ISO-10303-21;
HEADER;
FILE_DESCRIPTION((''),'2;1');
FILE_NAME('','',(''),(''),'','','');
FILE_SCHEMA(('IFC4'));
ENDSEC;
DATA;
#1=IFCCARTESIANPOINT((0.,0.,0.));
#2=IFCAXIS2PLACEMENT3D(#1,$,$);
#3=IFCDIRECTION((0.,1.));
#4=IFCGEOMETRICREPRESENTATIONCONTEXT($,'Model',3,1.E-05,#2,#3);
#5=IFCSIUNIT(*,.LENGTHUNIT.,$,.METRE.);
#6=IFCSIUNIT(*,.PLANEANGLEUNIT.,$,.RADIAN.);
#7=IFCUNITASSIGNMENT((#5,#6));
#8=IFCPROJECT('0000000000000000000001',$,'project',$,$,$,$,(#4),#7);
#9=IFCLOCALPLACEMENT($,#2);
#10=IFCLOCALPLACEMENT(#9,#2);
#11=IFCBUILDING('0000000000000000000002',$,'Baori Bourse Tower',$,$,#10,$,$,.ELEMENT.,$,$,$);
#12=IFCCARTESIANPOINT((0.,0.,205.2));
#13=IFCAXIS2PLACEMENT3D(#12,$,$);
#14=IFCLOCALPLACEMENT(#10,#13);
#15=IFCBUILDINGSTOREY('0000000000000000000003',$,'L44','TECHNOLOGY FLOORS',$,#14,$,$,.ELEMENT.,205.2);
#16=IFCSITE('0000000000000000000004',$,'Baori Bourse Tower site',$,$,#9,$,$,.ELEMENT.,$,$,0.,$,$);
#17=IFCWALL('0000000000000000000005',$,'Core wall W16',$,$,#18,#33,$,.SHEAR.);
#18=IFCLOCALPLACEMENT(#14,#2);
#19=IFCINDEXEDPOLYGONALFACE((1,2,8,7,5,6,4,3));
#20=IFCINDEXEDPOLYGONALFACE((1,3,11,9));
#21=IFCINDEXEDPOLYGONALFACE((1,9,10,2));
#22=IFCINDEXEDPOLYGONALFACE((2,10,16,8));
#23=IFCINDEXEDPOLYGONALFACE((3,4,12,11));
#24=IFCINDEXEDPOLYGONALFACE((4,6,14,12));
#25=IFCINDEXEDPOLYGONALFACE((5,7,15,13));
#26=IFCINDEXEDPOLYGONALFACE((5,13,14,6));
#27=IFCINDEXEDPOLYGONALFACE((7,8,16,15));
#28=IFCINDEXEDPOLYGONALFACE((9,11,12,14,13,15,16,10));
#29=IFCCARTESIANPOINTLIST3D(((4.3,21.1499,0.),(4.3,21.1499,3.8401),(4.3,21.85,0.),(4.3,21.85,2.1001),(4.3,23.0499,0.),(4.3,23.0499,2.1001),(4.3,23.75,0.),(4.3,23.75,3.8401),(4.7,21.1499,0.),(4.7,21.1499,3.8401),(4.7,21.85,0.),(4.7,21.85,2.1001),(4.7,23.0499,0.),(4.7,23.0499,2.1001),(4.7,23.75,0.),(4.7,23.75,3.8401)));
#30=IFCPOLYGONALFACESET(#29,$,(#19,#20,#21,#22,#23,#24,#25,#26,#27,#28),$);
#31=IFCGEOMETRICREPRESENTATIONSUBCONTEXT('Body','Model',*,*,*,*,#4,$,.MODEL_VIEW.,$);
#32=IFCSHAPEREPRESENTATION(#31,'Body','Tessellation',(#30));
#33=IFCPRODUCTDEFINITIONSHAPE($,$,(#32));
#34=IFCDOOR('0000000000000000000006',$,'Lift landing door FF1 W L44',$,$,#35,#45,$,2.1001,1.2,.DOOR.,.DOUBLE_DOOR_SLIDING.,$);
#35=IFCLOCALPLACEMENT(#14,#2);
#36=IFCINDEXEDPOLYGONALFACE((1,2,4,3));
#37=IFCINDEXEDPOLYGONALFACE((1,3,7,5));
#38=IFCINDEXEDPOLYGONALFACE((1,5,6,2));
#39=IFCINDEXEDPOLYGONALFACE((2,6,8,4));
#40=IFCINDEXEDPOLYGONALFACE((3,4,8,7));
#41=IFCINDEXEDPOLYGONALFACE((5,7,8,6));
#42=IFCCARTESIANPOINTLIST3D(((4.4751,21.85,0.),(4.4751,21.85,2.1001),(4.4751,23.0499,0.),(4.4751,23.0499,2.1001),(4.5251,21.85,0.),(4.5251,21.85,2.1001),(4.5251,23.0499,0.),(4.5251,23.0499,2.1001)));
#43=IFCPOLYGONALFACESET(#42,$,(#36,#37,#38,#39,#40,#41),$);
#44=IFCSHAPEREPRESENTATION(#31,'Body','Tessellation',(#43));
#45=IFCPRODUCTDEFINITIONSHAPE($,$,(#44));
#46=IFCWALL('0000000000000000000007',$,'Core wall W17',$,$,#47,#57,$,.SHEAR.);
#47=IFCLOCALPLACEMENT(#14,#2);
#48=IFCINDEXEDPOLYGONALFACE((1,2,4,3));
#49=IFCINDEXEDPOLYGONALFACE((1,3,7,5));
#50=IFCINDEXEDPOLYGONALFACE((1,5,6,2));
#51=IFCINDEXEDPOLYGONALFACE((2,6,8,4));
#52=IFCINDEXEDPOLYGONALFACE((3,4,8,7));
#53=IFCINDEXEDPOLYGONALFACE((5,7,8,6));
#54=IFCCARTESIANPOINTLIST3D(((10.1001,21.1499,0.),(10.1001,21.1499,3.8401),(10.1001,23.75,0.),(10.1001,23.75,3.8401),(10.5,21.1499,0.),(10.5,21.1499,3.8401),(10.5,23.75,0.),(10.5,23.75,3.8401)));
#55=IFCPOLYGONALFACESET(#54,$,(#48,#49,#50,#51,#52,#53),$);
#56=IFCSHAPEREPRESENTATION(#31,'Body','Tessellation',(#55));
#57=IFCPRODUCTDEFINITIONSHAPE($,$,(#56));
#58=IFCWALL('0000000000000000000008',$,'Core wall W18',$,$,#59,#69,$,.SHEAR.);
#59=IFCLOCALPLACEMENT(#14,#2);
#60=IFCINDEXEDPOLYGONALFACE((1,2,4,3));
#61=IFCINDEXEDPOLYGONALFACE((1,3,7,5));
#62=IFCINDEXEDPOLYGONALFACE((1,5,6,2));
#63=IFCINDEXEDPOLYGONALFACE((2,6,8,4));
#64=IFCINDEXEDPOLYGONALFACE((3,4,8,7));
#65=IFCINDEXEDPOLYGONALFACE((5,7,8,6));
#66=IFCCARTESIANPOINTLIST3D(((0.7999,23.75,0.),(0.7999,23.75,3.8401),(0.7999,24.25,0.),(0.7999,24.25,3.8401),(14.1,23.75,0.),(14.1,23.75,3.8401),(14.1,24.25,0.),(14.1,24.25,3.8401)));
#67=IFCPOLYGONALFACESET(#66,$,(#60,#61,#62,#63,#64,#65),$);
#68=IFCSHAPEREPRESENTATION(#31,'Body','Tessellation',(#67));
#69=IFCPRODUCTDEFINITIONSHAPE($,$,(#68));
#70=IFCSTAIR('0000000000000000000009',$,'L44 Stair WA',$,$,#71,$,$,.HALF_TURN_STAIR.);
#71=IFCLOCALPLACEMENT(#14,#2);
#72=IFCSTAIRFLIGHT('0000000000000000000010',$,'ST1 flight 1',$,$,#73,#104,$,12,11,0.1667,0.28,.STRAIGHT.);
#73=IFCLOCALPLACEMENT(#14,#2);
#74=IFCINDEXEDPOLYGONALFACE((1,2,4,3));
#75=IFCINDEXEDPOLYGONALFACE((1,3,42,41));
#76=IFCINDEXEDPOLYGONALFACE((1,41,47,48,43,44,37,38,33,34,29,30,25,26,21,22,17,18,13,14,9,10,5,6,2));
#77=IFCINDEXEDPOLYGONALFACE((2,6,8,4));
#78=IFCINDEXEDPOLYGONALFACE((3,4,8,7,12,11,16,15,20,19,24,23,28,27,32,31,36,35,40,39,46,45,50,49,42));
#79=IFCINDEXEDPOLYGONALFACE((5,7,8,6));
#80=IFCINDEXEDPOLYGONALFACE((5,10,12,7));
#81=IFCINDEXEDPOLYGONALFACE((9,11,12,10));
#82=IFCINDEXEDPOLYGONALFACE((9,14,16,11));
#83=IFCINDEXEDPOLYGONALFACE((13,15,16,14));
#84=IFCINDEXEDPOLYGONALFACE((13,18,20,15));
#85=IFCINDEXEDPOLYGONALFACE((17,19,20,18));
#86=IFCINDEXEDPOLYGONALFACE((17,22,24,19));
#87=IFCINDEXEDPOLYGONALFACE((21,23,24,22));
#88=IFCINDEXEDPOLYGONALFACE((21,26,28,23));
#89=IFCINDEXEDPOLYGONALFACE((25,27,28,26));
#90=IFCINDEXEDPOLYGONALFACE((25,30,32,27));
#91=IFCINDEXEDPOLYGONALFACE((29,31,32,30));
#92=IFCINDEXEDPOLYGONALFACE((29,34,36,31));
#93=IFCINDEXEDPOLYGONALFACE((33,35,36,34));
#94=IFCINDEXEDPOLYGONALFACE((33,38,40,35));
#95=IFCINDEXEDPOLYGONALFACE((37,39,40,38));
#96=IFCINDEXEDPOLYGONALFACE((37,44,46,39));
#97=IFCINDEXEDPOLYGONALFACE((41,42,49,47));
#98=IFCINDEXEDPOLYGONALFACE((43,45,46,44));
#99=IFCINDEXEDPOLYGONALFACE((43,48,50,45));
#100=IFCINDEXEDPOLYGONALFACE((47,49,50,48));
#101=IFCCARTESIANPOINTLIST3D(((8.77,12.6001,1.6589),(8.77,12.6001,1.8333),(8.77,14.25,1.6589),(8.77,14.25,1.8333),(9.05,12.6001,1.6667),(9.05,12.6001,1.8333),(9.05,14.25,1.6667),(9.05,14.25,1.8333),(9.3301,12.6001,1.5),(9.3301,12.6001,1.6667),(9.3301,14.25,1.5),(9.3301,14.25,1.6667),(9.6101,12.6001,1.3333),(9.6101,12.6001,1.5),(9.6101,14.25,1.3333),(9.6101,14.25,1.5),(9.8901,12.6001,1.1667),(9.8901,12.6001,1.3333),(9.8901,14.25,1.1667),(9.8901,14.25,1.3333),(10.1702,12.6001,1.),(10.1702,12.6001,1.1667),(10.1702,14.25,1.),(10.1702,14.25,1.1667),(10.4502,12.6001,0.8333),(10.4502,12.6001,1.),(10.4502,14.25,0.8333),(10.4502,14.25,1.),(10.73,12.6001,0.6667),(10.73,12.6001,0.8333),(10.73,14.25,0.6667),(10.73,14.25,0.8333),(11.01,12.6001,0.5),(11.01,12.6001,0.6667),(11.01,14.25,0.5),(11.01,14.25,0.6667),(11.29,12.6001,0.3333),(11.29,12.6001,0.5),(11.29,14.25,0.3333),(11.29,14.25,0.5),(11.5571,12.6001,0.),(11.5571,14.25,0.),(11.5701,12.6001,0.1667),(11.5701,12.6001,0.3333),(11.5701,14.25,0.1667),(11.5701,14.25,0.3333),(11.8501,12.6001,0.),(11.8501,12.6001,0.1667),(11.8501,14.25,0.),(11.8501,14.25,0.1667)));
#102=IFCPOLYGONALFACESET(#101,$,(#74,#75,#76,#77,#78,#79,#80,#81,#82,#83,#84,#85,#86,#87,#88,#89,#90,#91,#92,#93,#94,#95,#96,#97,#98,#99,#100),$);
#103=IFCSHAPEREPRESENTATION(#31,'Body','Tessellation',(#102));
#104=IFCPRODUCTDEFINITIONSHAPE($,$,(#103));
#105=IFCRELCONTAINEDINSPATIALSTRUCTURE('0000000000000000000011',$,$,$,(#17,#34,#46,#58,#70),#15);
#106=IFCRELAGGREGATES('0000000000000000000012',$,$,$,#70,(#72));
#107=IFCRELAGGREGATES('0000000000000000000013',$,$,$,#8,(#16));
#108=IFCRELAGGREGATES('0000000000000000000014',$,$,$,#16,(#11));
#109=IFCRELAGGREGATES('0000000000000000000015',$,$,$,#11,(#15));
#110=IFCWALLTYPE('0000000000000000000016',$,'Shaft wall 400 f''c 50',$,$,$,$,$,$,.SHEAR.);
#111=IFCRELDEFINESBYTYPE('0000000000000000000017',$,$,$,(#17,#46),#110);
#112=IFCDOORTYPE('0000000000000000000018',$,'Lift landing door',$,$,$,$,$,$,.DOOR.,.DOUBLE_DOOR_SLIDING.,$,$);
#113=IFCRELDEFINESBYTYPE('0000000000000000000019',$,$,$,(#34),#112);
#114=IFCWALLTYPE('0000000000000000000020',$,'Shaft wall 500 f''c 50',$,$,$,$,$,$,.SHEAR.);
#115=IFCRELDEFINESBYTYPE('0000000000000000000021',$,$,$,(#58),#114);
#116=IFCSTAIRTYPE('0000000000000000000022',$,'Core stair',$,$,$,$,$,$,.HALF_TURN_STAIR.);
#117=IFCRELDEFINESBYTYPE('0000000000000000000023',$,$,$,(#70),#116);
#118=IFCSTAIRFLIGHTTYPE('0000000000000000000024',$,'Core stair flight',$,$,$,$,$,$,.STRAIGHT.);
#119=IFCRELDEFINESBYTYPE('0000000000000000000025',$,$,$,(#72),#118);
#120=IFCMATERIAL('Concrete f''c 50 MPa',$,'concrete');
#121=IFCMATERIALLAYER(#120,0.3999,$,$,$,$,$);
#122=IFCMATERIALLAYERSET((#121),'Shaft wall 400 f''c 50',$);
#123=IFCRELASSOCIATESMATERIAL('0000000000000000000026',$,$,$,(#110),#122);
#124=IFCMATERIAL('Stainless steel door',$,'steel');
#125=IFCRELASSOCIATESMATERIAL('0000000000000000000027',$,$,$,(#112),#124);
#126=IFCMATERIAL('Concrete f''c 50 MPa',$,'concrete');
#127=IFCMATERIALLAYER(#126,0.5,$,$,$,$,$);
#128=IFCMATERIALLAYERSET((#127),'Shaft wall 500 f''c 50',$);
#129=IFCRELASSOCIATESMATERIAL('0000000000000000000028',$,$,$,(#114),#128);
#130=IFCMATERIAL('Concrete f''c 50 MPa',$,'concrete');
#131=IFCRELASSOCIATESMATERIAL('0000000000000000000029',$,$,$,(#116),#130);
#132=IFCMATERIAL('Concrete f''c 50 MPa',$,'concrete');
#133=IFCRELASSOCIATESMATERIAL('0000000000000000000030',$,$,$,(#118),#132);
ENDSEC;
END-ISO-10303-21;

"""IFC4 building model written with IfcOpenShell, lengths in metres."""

from ifc_helpers import new_model, si_unit, direction, frame, frame_2d, origin, place, context, subcontext, project, spatial, polyline, rectangle, outline, extrude, material, layer, layer_set, type_object, element, fill, aggregate, save


model = new_model("IFC4")

# Units and contexts
model_context = context("Model", 3, precision=1e-05, world=origin(), true_north=direction((0.0, 1.0)))
body_context = subcontext(model_context, "Body", "Model", "MODEL_VIEW")
ifc_project = project(units=[si_unit("LENGTHUNIT", "METRE"), si_unit("PLANEANGLEUNIT", "RADIAN")], contexts=[model_context])

# Site, building, storey
site_placement = place(None, origin())
site = spatial("IfcSite", under=ifc_project, at=site_placement, Name="Baori Bourse Tower site", CompositionType="ELEMENT", RefElevation=0.0)
building_placement = place(site_placement, origin())
building = spatial("IfcBuilding", under=site, at=building_placement, Name="Baori Bourse Tower", CompositionType="ELEMENT")
storey_placement = place(building_placement, frame((0.0, 0.0, 205.2)))
storey = spatial("IfcBuildingStorey", under=building, at=storey_placement, Name="L44", Description="TECHNOLOGY FLOORS", CompositionType="ELEMENT", Elevation=205.2)

# Shared definitions
ifc_material_1 = material(Name="Concrete f'c 50 MPa", Category="concrete")
ifc_layer_1 = layer(ifc_material_1, 0.3999)
ifc_layer_set_1 = layer_set([ifc_layer_1], Name="Shaft wall 400 f'c 50")
wall_type_1 = type_object("IfcWallType", Name="Shaft wall 400 f'c 50", PredefinedType="SHEAR", material=ifc_layer_set_1)

# Wall, opening, door
wall_1_placement = place(storey_placement, frame((4.5, 21.1499, 0.0), z_axis=(0.0, 0.0, 1.0), x_axis=(0.0, 1.0, 0.0)))
wall_1 = element("IfcWall", 1, at=wall_1_placement, inside=storey, type_object=wall_type_1, Name="Core wall W16", PredefinedType="SHEAR", context=body_context, shape_type="SweptSolid", body=[
    extrude(rectangle(XDim=2.6001, YDim=0.3999, at=frame_2d((1.3, 0.0))), origin(), (0.0, 0.0, 1.0), 3.8401),
])
opening_1_placement = place(wall_1_placement, frame((0.7, 0.0, 0.0)))
opening_1 = element("IfcOpeningElement", 2, at=opening_1_placement, cuts=wall_1, PredefinedType="OPENING", context=body_context, shape_type="SweptSolid", body=[
    extrude(rectangle(XDim=1.2, YDim=2.1001, at=frame_2d((0.6001, 1.05))), frame((0.0, 0.21, 0.0), z_axis=(0.0, -1.0, 0.0), x_axis=(1.0, 0.0, 0.0)), (0.0, 0.0, 1.0), 0.4199),
])
ifc_material_2 = material(Name="Stainless steel door", Category="steel")
door_type_1 = type_object("IfcDoorType", Name="Lift landing door", OperationType="DOUBLE_DOOR_SLIDING", PredefinedType="DOOR", material=ifc_material_2)
door_1_placement = place(opening_1_placement, origin())
door_1 = element("IfcDoor", 3, at=door_1_placement, inside=storey, type_object=door_type_1, Name="Lift landing door FF1 W L44", OperationType="DOUBLE_DOOR_SLIDING", OverallHeight=2.1001, OverallWidth=1.2, PredefinedType="DOOR", context=body_context, shape_type="SweptSolid", body=[
    extrude(rectangle(XDim=1.2, YDim=2.1001, at=frame_2d((0.6001, 1.05))), frame((0.0, 0.0249, 0.0), z_axis=(0.0, -1.0, 0.0), x_axis=(1.0, 0.0, 0.0)), (0.0, 0.0, 1.0), 0.05),
])
fill(opening_1, door_1)

# Walls
wall_2_placement = place(storey_placement, frame((10.3, 21.1499, 0.0), z_axis=(0.0, 0.0, 1.0), x_axis=(0.0, 1.0, 0.0)))
element("IfcWall", 4, at=wall_2_placement, inside=storey, type_object=wall_type_1, Name="Core wall W17", PredefinedType="SHEAR", context=body_context, shape_type="SweptSolid", body=[
    extrude(rectangle(XDim=2.6001, YDim=0.3999, at=frame_2d((1.3, 0.0))), origin(), (0.0, 0.0, 1.0), 3.8401),
])
ifc_material_3 = material(Name="Concrete f'c 50 MPa", Category="concrete")
ifc_layer_2 = layer(ifc_material_3, 0.5)
ifc_layer_set_2 = layer_set([ifc_layer_2], Name="Shaft wall 500 f'c 50")
wall_type_2 = type_object("IfcWallType", Name="Shaft wall 500 f'c 50", PredefinedType="SHEAR", material=ifc_layer_set_2)
wall_3_placement = place(storey_placement, frame((0.8, 24.0, 0.0), z_axis=(0.0, 0.0, 1.0), x_axis=(1.0, 0.0, 0.0)))
element("IfcWall", 5, at=wall_3_placement, inside=storey, type_object=wall_type_2, Name="Core wall W18", PredefinedType="SHEAR", context=body_context, shape_type="SweptSolid", body=[
    extrude(rectangle(XDim=13.3, YDim=0.5, at=frame_2d((6.6499, 0.0))), origin(), (0.0, 0.0, 1.0), 3.8401),
])

# Stair, stair flight
ifc_material_4 = material(Name="Concrete f'c 50 MPa", Category="concrete")
stair_type = type_object("IfcStairType", Name="Core stair", PredefinedType="HALF_TURN_STAIR", material=ifc_material_4)
stair_placement = place(storey_placement, origin())
stair = element("IfcStair", 6, at=stair_placement, inside=storey, type_object=stair_type, Name="L44 Stair WA", PredefinedType="HALF_TURN_STAIR")
ifc_material_5 = material(Name="Concrete f'c 50 MPa", Category="concrete")
stair_flight_type = type_object("IfcStairFlightType", Name="Core stair flight", PredefinedType="STRAIGHT", material=ifc_material_5)
stair_flight_placement = place(storey_placement, frame((11.8501, 13.425, 0.0), z_axis=(0.0, 0.0, 1.0), x_axis=(-1.0, 0.0, 0.0)))
stair_flight = element("IfcStairFlight", 7, at=stair_flight_placement, type_object=stair_flight_type, Name="ST1 flight 1", NumberOfRisers=12, NumberOfTreads=11, PredefinedType="STRAIGHT", RiserHeight=0.1667, TreadLength=0.28, context=body_context, shape_type="SweptSolid", body=[
    extrude(outline(polyline([(0.0, 0.0), (0.0, 0.1667), (0.28, 0.1667), (0.28, 0.3333), (0.5601, 0.3333), (0.5601, 0.5), (0.8401, 0.5), (0.8401, 0.6667), (1.1201, 0.6667), (1.1201, 0.8333), (1.3999, 0.8333), (1.3999, 1.0), (1.6799, 1.0), (1.6799, 1.1667), (1.96, 1.1667), (1.96, 1.3333), (2.24, 1.3333), (2.24, 1.5), (2.52, 1.5), (2.52, 1.6667), (2.8, 1.6667), (2.8, 1.8333), (3.0801, 1.8333), (3.0801, 2.0), (3.0801, 1.6589), (0.293, 0.0), (0.0, 0.0)])), frame((0.0, 0.825, 0.0), z_axis=(0.0, -1.0, 0.0), x_axis=(1.0, 0.0, 0.0)), (0.0, 0.0, 1.0), 1.6499),
])
aggregate(stair, [stair_flight])

save(model, "model.ifc")
